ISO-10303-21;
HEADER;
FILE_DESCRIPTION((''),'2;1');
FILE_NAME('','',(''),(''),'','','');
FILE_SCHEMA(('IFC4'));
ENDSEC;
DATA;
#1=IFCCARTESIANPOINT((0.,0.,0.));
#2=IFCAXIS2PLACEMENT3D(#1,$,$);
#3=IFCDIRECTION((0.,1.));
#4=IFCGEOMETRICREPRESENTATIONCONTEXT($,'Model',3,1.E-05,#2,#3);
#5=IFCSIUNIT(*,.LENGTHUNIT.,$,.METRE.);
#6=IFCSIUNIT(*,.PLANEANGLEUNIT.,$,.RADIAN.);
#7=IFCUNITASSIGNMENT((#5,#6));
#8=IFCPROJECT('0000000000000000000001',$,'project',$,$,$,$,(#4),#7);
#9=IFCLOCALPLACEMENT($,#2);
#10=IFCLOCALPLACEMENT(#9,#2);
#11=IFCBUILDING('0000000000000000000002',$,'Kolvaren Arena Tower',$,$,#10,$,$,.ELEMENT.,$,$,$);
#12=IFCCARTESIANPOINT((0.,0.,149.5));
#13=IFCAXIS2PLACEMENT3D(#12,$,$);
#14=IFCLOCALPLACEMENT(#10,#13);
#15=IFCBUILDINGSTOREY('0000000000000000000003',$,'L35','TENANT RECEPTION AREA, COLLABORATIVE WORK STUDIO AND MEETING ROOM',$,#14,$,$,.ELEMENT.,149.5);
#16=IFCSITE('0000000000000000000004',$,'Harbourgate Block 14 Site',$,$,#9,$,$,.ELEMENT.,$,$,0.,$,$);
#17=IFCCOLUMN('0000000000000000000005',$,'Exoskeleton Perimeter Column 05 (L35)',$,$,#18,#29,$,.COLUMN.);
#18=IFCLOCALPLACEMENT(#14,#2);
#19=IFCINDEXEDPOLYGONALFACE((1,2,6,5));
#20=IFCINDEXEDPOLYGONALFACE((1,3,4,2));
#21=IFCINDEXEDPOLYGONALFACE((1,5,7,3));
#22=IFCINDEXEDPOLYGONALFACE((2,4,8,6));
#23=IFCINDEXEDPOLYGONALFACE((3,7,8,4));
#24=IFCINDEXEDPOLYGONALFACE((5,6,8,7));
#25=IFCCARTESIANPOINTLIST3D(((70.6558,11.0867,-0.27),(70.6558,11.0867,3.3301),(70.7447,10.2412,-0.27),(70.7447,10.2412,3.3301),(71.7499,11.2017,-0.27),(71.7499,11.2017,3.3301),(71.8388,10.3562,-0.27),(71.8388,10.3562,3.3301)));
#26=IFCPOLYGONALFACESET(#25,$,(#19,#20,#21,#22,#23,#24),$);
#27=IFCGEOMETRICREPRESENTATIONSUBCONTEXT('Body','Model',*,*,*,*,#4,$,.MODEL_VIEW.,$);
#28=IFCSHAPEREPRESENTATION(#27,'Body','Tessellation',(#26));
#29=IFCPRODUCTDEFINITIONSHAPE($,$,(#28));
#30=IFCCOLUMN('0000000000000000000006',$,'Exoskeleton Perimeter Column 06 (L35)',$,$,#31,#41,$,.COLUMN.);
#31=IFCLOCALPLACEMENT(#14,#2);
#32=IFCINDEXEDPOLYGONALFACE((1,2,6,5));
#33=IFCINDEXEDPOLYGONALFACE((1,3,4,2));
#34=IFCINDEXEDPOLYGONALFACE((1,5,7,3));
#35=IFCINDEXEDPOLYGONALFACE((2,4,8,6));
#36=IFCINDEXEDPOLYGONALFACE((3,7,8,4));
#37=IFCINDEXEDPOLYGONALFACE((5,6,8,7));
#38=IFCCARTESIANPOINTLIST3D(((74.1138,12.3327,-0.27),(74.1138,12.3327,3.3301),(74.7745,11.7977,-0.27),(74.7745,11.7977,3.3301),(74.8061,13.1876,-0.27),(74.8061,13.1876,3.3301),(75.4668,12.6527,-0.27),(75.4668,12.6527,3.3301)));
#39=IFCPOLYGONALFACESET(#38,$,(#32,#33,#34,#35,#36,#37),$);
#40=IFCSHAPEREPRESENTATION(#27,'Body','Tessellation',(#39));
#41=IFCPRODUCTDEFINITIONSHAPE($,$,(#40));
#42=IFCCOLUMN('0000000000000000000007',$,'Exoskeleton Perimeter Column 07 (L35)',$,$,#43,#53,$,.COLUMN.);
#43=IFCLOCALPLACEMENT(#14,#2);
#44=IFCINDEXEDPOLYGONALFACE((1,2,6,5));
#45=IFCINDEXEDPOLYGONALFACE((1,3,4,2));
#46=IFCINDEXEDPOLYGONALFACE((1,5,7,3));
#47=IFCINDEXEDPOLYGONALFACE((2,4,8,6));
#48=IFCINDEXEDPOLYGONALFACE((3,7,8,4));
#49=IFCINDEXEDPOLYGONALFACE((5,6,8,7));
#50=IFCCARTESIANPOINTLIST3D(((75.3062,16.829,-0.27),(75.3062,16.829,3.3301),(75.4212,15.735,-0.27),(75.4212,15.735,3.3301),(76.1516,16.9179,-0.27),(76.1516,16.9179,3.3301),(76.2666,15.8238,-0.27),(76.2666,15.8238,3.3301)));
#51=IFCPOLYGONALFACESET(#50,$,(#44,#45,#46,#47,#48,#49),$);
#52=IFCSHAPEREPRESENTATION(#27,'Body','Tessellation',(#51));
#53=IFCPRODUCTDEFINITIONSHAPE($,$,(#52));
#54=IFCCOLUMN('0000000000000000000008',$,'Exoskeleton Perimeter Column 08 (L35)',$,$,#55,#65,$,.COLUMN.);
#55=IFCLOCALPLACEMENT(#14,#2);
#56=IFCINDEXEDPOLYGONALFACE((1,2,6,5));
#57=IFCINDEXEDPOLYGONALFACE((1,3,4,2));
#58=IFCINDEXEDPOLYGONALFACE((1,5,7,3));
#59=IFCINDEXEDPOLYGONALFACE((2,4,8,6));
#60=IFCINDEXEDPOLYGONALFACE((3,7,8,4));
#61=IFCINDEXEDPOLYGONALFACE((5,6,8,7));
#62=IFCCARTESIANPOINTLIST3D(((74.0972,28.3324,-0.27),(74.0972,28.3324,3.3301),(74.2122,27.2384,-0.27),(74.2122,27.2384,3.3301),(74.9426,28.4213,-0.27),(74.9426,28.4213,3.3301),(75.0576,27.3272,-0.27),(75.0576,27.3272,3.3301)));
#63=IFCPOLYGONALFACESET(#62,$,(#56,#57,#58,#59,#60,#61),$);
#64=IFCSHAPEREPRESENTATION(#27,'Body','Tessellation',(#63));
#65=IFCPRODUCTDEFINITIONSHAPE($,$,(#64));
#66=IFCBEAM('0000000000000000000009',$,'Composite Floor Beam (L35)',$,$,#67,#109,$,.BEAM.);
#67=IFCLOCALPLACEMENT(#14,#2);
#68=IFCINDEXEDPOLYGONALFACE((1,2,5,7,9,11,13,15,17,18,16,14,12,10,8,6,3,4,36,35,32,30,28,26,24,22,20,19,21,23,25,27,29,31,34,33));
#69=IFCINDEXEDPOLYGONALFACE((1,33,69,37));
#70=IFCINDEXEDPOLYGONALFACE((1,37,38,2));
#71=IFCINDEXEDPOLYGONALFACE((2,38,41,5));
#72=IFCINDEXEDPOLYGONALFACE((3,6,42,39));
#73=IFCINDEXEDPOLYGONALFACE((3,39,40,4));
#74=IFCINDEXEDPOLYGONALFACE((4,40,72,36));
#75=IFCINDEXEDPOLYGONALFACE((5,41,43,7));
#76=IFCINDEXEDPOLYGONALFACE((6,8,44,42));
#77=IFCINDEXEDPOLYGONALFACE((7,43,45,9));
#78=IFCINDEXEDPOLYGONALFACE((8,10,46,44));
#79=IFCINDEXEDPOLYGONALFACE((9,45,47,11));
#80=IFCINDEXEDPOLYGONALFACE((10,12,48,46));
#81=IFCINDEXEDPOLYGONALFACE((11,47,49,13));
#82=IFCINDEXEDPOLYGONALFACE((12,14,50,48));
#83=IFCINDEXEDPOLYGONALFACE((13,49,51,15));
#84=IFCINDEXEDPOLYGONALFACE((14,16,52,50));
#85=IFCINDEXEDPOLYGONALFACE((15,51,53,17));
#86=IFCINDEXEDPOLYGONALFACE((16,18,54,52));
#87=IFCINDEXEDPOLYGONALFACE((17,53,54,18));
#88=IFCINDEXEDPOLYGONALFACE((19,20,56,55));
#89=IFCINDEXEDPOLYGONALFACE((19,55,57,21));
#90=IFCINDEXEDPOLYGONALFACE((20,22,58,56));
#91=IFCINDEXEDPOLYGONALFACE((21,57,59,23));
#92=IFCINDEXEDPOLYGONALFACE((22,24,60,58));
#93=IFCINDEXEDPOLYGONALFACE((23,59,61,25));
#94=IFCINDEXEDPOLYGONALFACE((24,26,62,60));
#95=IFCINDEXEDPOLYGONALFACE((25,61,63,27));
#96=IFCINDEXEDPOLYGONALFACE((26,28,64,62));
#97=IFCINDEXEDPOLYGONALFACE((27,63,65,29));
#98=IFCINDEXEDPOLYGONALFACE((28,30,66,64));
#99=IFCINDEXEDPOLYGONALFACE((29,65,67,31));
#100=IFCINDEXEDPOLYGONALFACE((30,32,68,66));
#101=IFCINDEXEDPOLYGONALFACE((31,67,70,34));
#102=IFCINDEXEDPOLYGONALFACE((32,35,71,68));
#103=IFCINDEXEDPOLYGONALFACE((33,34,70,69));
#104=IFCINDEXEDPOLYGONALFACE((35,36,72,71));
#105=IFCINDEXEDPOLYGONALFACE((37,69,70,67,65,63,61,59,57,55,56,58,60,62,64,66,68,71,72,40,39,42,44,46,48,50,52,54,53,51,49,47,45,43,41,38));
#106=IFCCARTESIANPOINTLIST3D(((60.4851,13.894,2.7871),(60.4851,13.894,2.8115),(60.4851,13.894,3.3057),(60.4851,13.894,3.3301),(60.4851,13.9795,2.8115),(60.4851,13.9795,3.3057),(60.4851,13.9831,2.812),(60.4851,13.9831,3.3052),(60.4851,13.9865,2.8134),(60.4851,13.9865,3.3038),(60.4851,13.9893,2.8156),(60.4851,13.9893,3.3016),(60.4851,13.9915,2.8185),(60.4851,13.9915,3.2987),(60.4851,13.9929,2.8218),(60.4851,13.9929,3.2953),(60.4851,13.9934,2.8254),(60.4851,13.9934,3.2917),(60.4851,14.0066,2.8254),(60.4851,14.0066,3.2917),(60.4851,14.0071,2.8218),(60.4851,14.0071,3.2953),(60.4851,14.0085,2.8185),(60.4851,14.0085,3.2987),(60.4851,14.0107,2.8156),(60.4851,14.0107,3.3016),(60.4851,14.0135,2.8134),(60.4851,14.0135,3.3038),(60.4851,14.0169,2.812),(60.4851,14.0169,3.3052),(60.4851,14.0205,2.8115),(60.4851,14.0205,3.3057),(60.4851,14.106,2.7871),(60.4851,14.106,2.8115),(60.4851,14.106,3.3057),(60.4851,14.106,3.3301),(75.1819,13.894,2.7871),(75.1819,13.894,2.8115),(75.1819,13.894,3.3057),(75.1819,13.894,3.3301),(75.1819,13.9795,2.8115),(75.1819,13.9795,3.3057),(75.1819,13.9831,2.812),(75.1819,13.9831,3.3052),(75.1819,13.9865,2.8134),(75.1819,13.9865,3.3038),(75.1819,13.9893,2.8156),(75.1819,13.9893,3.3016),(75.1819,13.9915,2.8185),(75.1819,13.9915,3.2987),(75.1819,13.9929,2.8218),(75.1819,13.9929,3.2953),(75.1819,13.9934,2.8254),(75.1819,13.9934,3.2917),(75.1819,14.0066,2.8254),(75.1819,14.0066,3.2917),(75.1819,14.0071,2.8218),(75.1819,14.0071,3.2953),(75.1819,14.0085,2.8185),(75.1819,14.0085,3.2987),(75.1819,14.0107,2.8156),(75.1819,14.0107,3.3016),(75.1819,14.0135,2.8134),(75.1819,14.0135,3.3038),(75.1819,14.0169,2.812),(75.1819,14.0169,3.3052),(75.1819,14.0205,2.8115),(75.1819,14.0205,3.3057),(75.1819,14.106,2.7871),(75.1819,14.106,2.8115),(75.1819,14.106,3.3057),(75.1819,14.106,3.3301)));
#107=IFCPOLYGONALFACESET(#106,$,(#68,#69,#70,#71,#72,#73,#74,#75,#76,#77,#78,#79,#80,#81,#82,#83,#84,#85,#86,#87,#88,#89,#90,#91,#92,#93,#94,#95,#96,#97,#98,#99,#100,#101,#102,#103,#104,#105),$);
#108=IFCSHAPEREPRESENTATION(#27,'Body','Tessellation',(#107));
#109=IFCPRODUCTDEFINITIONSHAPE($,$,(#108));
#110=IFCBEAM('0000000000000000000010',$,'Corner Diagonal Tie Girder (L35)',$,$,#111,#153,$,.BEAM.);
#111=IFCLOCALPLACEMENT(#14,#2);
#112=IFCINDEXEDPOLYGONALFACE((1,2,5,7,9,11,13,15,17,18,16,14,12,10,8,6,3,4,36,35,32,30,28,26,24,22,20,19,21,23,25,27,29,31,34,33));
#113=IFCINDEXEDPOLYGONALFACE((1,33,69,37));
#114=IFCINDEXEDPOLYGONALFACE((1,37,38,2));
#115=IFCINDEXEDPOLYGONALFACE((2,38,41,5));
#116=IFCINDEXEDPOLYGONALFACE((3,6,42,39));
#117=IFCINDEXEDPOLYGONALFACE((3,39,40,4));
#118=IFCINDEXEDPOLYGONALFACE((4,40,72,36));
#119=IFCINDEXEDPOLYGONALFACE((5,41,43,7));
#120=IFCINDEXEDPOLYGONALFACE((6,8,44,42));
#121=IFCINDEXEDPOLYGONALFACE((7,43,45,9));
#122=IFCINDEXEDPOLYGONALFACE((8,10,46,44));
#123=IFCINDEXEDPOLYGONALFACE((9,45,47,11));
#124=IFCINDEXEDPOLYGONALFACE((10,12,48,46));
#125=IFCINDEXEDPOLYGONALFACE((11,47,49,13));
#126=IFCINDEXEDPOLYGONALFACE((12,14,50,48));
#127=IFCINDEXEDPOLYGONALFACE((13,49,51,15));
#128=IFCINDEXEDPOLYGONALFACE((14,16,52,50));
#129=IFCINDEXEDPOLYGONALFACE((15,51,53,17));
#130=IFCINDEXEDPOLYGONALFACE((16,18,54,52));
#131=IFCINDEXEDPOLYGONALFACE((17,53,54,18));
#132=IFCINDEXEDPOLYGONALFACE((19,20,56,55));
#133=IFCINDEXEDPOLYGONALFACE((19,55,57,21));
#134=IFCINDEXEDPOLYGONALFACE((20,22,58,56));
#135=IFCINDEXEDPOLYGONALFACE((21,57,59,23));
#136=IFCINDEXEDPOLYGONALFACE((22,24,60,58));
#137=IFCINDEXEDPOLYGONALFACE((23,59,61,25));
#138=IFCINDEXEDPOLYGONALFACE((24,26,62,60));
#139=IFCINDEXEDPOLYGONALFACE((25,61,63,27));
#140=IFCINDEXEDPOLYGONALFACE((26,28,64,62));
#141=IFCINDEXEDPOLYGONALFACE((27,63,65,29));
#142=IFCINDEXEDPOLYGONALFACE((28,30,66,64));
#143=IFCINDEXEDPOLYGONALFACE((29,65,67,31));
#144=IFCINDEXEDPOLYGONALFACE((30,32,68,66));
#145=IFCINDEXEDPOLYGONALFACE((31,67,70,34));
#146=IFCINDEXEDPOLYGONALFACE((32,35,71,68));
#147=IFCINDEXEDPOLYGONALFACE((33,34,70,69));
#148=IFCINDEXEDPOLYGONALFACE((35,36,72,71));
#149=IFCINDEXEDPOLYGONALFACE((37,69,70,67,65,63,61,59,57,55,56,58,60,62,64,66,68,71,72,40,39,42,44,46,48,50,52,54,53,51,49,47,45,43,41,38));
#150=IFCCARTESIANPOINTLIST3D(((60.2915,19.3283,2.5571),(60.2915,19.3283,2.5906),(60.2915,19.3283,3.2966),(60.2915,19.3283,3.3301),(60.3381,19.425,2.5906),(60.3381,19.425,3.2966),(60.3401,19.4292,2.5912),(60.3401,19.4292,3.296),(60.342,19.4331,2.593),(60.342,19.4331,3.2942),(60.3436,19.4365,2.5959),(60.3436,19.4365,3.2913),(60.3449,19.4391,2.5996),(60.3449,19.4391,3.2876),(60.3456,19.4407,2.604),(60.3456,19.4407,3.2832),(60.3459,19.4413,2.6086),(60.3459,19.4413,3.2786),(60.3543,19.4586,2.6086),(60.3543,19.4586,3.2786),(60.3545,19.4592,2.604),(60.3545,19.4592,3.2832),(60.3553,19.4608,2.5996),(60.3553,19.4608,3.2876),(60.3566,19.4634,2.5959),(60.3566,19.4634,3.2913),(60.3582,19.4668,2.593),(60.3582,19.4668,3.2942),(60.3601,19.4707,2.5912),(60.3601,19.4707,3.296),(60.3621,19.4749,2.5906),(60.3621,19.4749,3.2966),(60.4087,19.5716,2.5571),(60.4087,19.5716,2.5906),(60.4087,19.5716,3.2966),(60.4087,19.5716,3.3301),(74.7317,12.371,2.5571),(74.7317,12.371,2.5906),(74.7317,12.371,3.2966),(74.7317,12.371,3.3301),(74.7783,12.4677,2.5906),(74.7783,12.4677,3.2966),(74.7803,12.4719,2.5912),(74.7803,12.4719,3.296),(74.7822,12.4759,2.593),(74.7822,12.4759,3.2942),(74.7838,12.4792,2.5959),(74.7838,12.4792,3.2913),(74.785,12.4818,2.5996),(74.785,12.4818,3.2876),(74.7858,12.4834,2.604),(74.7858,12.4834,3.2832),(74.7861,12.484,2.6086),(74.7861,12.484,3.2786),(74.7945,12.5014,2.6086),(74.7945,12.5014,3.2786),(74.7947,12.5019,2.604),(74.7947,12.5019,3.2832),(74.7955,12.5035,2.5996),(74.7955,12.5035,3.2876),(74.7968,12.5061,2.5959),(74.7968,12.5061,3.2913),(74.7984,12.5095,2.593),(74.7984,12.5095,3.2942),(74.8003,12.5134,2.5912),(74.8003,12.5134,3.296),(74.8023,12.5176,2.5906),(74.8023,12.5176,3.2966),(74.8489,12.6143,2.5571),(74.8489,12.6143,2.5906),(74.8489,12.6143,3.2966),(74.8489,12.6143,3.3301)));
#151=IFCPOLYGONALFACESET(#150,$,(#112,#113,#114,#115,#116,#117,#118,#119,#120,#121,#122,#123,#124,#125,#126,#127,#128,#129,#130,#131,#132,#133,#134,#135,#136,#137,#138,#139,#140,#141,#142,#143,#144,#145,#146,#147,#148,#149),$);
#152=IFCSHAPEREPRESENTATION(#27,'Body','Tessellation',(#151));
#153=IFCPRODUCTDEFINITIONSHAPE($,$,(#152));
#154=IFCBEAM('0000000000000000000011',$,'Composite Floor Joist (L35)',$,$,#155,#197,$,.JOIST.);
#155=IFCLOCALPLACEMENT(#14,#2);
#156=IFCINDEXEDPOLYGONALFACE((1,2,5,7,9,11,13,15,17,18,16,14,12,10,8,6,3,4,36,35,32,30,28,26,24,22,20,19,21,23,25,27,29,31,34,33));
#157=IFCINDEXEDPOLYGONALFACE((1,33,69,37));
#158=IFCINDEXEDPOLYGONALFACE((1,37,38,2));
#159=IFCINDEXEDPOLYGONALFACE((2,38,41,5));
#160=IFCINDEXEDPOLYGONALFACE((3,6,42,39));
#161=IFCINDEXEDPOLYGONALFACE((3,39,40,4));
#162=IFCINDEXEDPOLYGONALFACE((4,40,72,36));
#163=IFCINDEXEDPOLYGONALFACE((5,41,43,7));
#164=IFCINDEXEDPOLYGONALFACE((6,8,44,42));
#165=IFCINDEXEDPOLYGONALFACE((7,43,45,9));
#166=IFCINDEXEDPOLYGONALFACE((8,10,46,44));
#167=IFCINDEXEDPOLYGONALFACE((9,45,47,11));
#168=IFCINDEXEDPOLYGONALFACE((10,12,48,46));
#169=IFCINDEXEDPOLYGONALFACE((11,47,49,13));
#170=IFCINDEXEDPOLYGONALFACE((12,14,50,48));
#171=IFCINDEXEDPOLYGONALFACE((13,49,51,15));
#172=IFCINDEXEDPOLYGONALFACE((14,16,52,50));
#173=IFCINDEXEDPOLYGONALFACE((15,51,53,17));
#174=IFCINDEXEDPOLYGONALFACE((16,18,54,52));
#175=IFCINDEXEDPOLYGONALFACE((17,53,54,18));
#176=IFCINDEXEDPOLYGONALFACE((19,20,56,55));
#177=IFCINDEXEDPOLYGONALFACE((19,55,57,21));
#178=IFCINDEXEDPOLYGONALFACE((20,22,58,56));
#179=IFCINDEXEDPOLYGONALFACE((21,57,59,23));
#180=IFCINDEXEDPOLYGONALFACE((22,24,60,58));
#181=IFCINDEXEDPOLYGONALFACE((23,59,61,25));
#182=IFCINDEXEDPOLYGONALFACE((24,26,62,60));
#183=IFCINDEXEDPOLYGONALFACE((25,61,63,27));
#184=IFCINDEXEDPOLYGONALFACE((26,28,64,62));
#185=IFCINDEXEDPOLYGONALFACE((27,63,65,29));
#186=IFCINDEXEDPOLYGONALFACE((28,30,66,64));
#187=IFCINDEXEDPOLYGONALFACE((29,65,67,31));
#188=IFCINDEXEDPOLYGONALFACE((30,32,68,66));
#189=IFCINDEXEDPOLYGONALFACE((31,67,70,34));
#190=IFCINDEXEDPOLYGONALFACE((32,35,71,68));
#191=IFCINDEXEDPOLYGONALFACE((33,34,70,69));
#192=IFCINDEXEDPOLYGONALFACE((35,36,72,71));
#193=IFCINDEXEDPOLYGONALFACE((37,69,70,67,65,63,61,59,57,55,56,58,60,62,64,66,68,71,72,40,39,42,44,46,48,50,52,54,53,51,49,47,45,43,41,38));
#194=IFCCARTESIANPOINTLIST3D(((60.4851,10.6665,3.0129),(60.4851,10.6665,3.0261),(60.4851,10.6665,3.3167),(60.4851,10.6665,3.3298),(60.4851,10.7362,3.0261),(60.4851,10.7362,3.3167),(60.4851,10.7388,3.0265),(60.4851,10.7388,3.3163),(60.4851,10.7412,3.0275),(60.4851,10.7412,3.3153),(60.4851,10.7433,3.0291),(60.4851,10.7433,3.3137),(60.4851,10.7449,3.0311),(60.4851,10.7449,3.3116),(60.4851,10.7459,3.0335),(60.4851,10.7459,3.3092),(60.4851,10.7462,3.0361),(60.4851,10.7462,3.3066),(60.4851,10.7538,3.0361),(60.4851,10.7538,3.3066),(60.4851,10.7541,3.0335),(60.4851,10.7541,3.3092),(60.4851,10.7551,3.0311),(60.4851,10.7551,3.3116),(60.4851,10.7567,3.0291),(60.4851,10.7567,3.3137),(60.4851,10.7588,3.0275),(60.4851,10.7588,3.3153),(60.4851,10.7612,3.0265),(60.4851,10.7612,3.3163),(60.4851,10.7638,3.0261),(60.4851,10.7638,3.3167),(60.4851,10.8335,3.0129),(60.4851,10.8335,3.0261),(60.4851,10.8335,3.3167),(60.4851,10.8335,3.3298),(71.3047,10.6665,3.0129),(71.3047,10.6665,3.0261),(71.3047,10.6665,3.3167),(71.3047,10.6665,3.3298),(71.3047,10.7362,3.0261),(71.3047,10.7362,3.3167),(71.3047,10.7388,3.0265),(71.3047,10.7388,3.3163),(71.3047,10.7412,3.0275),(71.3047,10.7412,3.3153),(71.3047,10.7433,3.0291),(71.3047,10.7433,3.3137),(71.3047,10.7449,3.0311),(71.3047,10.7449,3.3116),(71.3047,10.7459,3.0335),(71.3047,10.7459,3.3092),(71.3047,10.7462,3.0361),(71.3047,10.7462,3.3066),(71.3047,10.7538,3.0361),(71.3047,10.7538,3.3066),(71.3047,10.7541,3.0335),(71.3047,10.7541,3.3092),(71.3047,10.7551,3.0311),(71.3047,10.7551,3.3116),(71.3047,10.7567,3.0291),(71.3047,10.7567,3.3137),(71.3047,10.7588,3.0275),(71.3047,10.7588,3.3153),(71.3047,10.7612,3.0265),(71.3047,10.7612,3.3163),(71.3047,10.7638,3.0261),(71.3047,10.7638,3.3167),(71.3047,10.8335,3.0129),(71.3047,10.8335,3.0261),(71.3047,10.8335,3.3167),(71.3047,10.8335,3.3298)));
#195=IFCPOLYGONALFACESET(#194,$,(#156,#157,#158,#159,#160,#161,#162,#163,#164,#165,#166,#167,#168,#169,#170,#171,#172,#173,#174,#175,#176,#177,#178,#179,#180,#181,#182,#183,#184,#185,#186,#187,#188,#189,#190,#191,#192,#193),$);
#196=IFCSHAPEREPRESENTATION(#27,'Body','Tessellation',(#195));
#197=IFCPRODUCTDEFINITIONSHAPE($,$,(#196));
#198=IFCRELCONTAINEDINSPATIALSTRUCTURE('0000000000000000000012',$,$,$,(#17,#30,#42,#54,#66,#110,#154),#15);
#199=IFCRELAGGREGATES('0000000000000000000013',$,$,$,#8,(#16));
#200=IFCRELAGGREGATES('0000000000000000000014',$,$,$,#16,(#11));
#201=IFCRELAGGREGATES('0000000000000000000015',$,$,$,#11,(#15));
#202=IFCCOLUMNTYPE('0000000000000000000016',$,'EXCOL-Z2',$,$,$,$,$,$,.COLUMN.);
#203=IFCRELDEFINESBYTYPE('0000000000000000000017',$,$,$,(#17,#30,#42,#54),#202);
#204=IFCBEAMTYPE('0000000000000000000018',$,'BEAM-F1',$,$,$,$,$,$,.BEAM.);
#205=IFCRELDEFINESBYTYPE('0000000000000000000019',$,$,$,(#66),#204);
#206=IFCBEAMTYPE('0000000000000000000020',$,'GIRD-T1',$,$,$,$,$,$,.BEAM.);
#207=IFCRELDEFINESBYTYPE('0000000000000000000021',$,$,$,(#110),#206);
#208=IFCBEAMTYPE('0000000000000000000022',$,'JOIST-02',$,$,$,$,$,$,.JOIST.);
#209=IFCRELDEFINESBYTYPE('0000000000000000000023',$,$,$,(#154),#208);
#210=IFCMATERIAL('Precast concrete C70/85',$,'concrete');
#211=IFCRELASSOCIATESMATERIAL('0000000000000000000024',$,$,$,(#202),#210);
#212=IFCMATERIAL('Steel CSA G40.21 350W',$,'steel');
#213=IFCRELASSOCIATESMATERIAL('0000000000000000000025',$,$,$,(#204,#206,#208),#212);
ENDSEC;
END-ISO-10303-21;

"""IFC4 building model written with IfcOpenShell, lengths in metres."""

from ifc_helpers import new_model, si_unit, direction, frame, origin, origin_2d, place, context, subcontext, project, spatial, rectangle, i_section, extrude, material, material_profile, profile_set, type_object, element, save


model = new_model("IFC4")

# Units and contexts
model_context = context("Model", 3, precision=1e-05, world=origin(), true_north=direction((0.0, 1.0)))
body_context = subcontext(model_context, "Body", "Model", "MODEL_VIEW")
ifc_project = project(units=[si_unit("LENGTHUNIT", "METRE"), si_unit("PLANEANGLEUNIT", "RADIAN")], contexts=[model_context])

# Site, building, storey
site_placement = place(None, origin())
site = spatial("IfcSite", under=ifc_project, at=site_placement, Name="Harbourgate Block 14 Site", CompositionType="ELEMENT", RefElevation=0.0)
building_placement = place(site_placement, origin())
building = spatial("IfcBuilding", under=site, at=building_placement, Name="Kolvaren Arena Tower", CompositionType="ELEMENT")
storey_placement = place(building_placement, frame((0.0, 0.0, 149.5)))
storey = spatial("IfcBuildingStorey", under=building, at=storey_placement, Name="L35", Description="TENANT RECEPTION AREA, COLLABORATIVE WORK STUDIO AND MEETING ROOM", CompositionType="ELEMENT", Elevation=149.5)

# Columns
ifc_material_1 = material(Name="Precast concrete C70/85", Category="concrete")
ifc_material_profile_1 = material_profile(ifc_material_1, rectangle(XDim=1.1001, YDim=0.8501, at=origin_2d()), Name="RC-1100x850")
ifc_profile_set_1 = profile_set([ifc_material_profile_1], Name="Precast concrete C70/85")
column_type = type_object("IfcColumnType", Name="EXCOL-Z2", PredefinedType="COLUMN", material=ifc_profile_set_1)
for number, where, z_axis, x_axis, name in (
    (1, (71.2473, 10.7214, -0.27), (0.0, 0.0, 1.0), (0.994522, 0.104528, 0.0), "Exoskeleton Perimeter Column 05 (L35)"),
    (2, (74.7903, 12.4927, -0.27), (0.0, 0.0, 1.0), (0.62932, 0.777146, 0.0), "Exoskeleton Perimeter Column 06 (L35)"),
    (3, (75.7864, 16.3264, -0.27), (0.0, 0.0, 1.0), (-0.104528, 0.994522, 0.0), "Exoskeleton Perimeter Column 07 (L35)"),
    (4, (74.5774, 27.8298, -0.27), (0.0, 0.0, 1.0), (-0.104528, 0.994522, 0.0), "Exoskeleton Perimeter Column 08 (L35)"),
):
    element("IfcColumn", number, at=place(storey_placement, frame(where, z_axis=z_axis, x_axis=x_axis)), inside=storey, type_object=column_type, Name=name, PredefinedType="COLUMN", context=body_context, shape_type="SweptSolid", body=[
        extrude(rectangle(XDim=1.1001, YDim=0.8501, at=origin_2d()), origin(), (0.0, 0.0, 1.0), 3.6001),
    ])

# Beams
ifc_material_2 = material(Name="Steel CSA G40.21 350W", Category="steel")
ifc_material_profile_2 = material_profile(ifc_material_2, i_section(OverallWidth=0.2119, OverallDepth=0.543, WebThickness=0.0132, FlangeThickness=0.0244, FilletRadius=0.0139, at=origin_2d()), Name="W530x150")
ifc_profile_set_2 = profile_set([ifc_material_profile_2], Name="Steel CSA G40.21 350W")
beam_type_1 = type_object("IfcBeamType", Name="BEAM-F1", PredefinedType="BEAM", material=ifc_profile_set_2)
beam_1_placement = place(storey_placement, frame((60.4851, 14.0, 3.0586), z_axis=(1.0, 0.0, 0.0), x_axis=(0.0, 1.0, 0.0)))
element("IfcBeam", 5, at=beam_1_placement, inside=storey, type_object=beam_type_1, Name="Composite Floor Beam (L35)", PredefinedType="BEAM", context=body_context, shape_type="SweptSolid", body=[
    extrude(i_section(OverallWidth=0.2119, OverallDepth=0.543, WebThickness=0.0132, FlangeThickness=0.0244, FilletRadius=0.0139, at=origin_2d()), origin(), (0.0, 0.0, 1.0), 14.6968),
])
ifc_material_profile_3 = material_profile(ifc_material_2, i_section(OverallWidth=0.27, OverallDepth=0.7729, WebThickness=0.0193, FlangeThickness=0.0334, FilletRadius=0.0181, at=origin_2d()), Name="W760x257")
ifc_profile_set_3 = profile_set([ifc_material_profile_3], Name="Steel CSA G40.21 350W")
beam_type_2 = type_object("IfcBeamType", Name="GIRD-T1", PredefinedType="BEAM", material=ifc_profile_set_3)
beam_2_placement = place(storey_placement, frame((74.7903, 12.4927, 2.9436), z_axis=(-0.90089, 0.434048, 0.0), x_axis=(-0.434048, -0.90089, 0.0)))
element("IfcBeam", 6, at=beam_2_placement, inside=storey, type_object=beam_type_2, Name="Corner Diagonal Tie Girder (L35)", PredefinedType="BEAM", context=body_context, shape_type="SweptSolid", body=[
    extrude(i_section(OverallWidth=0.27, OverallDepth=0.7729, WebThickness=0.0193, FlangeThickness=0.0334, FilletRadius=0.0181, at=origin_2d()), origin(), (0.0, 0.0, 1.0), 16.0288),
])
ifc_material_profile_4 = material_profile(ifc_material_2, i_section(OverallWidth=0.167, OverallDepth=0.3169, WebThickness=0.0076, FlangeThickness=0.0132, FilletRadius=0.01, at=origin_2d()), Name="W310x52")
ifc_profile_set_4 = profile_set([ifc_material_profile_4], Name="Steel CSA G40.21 350W")
beam_type_3 = type_object("IfcBeamType", Name="JOIST-02", PredefinedType="JOIST", material=ifc_profile_set_4)
beam_3_placement = place(storey_placement, frame((60.4851, 10.75, 3.1714), z_axis=(1.0, 0.0, 0.0), x_axis=(0.0, 1.0, 0.0)))
element("IfcBeam", 7, at=beam_3_placement, inside=storey, type_object=beam_type_3, Name="Composite Floor Joist (L35)", PredefinedType="JOIST", context=body_context, shape_type="SweptSolid", body=[
    extrude(i_section(OverallWidth=0.167, OverallDepth=0.3169, WebThickness=0.0076, FlangeThickness=0.0132, FilletRadius=0.01, at=origin_2d()), origin(), (0.0, 0.0, 1.0), 10.8196),
])

save(model, "model.ifc")
